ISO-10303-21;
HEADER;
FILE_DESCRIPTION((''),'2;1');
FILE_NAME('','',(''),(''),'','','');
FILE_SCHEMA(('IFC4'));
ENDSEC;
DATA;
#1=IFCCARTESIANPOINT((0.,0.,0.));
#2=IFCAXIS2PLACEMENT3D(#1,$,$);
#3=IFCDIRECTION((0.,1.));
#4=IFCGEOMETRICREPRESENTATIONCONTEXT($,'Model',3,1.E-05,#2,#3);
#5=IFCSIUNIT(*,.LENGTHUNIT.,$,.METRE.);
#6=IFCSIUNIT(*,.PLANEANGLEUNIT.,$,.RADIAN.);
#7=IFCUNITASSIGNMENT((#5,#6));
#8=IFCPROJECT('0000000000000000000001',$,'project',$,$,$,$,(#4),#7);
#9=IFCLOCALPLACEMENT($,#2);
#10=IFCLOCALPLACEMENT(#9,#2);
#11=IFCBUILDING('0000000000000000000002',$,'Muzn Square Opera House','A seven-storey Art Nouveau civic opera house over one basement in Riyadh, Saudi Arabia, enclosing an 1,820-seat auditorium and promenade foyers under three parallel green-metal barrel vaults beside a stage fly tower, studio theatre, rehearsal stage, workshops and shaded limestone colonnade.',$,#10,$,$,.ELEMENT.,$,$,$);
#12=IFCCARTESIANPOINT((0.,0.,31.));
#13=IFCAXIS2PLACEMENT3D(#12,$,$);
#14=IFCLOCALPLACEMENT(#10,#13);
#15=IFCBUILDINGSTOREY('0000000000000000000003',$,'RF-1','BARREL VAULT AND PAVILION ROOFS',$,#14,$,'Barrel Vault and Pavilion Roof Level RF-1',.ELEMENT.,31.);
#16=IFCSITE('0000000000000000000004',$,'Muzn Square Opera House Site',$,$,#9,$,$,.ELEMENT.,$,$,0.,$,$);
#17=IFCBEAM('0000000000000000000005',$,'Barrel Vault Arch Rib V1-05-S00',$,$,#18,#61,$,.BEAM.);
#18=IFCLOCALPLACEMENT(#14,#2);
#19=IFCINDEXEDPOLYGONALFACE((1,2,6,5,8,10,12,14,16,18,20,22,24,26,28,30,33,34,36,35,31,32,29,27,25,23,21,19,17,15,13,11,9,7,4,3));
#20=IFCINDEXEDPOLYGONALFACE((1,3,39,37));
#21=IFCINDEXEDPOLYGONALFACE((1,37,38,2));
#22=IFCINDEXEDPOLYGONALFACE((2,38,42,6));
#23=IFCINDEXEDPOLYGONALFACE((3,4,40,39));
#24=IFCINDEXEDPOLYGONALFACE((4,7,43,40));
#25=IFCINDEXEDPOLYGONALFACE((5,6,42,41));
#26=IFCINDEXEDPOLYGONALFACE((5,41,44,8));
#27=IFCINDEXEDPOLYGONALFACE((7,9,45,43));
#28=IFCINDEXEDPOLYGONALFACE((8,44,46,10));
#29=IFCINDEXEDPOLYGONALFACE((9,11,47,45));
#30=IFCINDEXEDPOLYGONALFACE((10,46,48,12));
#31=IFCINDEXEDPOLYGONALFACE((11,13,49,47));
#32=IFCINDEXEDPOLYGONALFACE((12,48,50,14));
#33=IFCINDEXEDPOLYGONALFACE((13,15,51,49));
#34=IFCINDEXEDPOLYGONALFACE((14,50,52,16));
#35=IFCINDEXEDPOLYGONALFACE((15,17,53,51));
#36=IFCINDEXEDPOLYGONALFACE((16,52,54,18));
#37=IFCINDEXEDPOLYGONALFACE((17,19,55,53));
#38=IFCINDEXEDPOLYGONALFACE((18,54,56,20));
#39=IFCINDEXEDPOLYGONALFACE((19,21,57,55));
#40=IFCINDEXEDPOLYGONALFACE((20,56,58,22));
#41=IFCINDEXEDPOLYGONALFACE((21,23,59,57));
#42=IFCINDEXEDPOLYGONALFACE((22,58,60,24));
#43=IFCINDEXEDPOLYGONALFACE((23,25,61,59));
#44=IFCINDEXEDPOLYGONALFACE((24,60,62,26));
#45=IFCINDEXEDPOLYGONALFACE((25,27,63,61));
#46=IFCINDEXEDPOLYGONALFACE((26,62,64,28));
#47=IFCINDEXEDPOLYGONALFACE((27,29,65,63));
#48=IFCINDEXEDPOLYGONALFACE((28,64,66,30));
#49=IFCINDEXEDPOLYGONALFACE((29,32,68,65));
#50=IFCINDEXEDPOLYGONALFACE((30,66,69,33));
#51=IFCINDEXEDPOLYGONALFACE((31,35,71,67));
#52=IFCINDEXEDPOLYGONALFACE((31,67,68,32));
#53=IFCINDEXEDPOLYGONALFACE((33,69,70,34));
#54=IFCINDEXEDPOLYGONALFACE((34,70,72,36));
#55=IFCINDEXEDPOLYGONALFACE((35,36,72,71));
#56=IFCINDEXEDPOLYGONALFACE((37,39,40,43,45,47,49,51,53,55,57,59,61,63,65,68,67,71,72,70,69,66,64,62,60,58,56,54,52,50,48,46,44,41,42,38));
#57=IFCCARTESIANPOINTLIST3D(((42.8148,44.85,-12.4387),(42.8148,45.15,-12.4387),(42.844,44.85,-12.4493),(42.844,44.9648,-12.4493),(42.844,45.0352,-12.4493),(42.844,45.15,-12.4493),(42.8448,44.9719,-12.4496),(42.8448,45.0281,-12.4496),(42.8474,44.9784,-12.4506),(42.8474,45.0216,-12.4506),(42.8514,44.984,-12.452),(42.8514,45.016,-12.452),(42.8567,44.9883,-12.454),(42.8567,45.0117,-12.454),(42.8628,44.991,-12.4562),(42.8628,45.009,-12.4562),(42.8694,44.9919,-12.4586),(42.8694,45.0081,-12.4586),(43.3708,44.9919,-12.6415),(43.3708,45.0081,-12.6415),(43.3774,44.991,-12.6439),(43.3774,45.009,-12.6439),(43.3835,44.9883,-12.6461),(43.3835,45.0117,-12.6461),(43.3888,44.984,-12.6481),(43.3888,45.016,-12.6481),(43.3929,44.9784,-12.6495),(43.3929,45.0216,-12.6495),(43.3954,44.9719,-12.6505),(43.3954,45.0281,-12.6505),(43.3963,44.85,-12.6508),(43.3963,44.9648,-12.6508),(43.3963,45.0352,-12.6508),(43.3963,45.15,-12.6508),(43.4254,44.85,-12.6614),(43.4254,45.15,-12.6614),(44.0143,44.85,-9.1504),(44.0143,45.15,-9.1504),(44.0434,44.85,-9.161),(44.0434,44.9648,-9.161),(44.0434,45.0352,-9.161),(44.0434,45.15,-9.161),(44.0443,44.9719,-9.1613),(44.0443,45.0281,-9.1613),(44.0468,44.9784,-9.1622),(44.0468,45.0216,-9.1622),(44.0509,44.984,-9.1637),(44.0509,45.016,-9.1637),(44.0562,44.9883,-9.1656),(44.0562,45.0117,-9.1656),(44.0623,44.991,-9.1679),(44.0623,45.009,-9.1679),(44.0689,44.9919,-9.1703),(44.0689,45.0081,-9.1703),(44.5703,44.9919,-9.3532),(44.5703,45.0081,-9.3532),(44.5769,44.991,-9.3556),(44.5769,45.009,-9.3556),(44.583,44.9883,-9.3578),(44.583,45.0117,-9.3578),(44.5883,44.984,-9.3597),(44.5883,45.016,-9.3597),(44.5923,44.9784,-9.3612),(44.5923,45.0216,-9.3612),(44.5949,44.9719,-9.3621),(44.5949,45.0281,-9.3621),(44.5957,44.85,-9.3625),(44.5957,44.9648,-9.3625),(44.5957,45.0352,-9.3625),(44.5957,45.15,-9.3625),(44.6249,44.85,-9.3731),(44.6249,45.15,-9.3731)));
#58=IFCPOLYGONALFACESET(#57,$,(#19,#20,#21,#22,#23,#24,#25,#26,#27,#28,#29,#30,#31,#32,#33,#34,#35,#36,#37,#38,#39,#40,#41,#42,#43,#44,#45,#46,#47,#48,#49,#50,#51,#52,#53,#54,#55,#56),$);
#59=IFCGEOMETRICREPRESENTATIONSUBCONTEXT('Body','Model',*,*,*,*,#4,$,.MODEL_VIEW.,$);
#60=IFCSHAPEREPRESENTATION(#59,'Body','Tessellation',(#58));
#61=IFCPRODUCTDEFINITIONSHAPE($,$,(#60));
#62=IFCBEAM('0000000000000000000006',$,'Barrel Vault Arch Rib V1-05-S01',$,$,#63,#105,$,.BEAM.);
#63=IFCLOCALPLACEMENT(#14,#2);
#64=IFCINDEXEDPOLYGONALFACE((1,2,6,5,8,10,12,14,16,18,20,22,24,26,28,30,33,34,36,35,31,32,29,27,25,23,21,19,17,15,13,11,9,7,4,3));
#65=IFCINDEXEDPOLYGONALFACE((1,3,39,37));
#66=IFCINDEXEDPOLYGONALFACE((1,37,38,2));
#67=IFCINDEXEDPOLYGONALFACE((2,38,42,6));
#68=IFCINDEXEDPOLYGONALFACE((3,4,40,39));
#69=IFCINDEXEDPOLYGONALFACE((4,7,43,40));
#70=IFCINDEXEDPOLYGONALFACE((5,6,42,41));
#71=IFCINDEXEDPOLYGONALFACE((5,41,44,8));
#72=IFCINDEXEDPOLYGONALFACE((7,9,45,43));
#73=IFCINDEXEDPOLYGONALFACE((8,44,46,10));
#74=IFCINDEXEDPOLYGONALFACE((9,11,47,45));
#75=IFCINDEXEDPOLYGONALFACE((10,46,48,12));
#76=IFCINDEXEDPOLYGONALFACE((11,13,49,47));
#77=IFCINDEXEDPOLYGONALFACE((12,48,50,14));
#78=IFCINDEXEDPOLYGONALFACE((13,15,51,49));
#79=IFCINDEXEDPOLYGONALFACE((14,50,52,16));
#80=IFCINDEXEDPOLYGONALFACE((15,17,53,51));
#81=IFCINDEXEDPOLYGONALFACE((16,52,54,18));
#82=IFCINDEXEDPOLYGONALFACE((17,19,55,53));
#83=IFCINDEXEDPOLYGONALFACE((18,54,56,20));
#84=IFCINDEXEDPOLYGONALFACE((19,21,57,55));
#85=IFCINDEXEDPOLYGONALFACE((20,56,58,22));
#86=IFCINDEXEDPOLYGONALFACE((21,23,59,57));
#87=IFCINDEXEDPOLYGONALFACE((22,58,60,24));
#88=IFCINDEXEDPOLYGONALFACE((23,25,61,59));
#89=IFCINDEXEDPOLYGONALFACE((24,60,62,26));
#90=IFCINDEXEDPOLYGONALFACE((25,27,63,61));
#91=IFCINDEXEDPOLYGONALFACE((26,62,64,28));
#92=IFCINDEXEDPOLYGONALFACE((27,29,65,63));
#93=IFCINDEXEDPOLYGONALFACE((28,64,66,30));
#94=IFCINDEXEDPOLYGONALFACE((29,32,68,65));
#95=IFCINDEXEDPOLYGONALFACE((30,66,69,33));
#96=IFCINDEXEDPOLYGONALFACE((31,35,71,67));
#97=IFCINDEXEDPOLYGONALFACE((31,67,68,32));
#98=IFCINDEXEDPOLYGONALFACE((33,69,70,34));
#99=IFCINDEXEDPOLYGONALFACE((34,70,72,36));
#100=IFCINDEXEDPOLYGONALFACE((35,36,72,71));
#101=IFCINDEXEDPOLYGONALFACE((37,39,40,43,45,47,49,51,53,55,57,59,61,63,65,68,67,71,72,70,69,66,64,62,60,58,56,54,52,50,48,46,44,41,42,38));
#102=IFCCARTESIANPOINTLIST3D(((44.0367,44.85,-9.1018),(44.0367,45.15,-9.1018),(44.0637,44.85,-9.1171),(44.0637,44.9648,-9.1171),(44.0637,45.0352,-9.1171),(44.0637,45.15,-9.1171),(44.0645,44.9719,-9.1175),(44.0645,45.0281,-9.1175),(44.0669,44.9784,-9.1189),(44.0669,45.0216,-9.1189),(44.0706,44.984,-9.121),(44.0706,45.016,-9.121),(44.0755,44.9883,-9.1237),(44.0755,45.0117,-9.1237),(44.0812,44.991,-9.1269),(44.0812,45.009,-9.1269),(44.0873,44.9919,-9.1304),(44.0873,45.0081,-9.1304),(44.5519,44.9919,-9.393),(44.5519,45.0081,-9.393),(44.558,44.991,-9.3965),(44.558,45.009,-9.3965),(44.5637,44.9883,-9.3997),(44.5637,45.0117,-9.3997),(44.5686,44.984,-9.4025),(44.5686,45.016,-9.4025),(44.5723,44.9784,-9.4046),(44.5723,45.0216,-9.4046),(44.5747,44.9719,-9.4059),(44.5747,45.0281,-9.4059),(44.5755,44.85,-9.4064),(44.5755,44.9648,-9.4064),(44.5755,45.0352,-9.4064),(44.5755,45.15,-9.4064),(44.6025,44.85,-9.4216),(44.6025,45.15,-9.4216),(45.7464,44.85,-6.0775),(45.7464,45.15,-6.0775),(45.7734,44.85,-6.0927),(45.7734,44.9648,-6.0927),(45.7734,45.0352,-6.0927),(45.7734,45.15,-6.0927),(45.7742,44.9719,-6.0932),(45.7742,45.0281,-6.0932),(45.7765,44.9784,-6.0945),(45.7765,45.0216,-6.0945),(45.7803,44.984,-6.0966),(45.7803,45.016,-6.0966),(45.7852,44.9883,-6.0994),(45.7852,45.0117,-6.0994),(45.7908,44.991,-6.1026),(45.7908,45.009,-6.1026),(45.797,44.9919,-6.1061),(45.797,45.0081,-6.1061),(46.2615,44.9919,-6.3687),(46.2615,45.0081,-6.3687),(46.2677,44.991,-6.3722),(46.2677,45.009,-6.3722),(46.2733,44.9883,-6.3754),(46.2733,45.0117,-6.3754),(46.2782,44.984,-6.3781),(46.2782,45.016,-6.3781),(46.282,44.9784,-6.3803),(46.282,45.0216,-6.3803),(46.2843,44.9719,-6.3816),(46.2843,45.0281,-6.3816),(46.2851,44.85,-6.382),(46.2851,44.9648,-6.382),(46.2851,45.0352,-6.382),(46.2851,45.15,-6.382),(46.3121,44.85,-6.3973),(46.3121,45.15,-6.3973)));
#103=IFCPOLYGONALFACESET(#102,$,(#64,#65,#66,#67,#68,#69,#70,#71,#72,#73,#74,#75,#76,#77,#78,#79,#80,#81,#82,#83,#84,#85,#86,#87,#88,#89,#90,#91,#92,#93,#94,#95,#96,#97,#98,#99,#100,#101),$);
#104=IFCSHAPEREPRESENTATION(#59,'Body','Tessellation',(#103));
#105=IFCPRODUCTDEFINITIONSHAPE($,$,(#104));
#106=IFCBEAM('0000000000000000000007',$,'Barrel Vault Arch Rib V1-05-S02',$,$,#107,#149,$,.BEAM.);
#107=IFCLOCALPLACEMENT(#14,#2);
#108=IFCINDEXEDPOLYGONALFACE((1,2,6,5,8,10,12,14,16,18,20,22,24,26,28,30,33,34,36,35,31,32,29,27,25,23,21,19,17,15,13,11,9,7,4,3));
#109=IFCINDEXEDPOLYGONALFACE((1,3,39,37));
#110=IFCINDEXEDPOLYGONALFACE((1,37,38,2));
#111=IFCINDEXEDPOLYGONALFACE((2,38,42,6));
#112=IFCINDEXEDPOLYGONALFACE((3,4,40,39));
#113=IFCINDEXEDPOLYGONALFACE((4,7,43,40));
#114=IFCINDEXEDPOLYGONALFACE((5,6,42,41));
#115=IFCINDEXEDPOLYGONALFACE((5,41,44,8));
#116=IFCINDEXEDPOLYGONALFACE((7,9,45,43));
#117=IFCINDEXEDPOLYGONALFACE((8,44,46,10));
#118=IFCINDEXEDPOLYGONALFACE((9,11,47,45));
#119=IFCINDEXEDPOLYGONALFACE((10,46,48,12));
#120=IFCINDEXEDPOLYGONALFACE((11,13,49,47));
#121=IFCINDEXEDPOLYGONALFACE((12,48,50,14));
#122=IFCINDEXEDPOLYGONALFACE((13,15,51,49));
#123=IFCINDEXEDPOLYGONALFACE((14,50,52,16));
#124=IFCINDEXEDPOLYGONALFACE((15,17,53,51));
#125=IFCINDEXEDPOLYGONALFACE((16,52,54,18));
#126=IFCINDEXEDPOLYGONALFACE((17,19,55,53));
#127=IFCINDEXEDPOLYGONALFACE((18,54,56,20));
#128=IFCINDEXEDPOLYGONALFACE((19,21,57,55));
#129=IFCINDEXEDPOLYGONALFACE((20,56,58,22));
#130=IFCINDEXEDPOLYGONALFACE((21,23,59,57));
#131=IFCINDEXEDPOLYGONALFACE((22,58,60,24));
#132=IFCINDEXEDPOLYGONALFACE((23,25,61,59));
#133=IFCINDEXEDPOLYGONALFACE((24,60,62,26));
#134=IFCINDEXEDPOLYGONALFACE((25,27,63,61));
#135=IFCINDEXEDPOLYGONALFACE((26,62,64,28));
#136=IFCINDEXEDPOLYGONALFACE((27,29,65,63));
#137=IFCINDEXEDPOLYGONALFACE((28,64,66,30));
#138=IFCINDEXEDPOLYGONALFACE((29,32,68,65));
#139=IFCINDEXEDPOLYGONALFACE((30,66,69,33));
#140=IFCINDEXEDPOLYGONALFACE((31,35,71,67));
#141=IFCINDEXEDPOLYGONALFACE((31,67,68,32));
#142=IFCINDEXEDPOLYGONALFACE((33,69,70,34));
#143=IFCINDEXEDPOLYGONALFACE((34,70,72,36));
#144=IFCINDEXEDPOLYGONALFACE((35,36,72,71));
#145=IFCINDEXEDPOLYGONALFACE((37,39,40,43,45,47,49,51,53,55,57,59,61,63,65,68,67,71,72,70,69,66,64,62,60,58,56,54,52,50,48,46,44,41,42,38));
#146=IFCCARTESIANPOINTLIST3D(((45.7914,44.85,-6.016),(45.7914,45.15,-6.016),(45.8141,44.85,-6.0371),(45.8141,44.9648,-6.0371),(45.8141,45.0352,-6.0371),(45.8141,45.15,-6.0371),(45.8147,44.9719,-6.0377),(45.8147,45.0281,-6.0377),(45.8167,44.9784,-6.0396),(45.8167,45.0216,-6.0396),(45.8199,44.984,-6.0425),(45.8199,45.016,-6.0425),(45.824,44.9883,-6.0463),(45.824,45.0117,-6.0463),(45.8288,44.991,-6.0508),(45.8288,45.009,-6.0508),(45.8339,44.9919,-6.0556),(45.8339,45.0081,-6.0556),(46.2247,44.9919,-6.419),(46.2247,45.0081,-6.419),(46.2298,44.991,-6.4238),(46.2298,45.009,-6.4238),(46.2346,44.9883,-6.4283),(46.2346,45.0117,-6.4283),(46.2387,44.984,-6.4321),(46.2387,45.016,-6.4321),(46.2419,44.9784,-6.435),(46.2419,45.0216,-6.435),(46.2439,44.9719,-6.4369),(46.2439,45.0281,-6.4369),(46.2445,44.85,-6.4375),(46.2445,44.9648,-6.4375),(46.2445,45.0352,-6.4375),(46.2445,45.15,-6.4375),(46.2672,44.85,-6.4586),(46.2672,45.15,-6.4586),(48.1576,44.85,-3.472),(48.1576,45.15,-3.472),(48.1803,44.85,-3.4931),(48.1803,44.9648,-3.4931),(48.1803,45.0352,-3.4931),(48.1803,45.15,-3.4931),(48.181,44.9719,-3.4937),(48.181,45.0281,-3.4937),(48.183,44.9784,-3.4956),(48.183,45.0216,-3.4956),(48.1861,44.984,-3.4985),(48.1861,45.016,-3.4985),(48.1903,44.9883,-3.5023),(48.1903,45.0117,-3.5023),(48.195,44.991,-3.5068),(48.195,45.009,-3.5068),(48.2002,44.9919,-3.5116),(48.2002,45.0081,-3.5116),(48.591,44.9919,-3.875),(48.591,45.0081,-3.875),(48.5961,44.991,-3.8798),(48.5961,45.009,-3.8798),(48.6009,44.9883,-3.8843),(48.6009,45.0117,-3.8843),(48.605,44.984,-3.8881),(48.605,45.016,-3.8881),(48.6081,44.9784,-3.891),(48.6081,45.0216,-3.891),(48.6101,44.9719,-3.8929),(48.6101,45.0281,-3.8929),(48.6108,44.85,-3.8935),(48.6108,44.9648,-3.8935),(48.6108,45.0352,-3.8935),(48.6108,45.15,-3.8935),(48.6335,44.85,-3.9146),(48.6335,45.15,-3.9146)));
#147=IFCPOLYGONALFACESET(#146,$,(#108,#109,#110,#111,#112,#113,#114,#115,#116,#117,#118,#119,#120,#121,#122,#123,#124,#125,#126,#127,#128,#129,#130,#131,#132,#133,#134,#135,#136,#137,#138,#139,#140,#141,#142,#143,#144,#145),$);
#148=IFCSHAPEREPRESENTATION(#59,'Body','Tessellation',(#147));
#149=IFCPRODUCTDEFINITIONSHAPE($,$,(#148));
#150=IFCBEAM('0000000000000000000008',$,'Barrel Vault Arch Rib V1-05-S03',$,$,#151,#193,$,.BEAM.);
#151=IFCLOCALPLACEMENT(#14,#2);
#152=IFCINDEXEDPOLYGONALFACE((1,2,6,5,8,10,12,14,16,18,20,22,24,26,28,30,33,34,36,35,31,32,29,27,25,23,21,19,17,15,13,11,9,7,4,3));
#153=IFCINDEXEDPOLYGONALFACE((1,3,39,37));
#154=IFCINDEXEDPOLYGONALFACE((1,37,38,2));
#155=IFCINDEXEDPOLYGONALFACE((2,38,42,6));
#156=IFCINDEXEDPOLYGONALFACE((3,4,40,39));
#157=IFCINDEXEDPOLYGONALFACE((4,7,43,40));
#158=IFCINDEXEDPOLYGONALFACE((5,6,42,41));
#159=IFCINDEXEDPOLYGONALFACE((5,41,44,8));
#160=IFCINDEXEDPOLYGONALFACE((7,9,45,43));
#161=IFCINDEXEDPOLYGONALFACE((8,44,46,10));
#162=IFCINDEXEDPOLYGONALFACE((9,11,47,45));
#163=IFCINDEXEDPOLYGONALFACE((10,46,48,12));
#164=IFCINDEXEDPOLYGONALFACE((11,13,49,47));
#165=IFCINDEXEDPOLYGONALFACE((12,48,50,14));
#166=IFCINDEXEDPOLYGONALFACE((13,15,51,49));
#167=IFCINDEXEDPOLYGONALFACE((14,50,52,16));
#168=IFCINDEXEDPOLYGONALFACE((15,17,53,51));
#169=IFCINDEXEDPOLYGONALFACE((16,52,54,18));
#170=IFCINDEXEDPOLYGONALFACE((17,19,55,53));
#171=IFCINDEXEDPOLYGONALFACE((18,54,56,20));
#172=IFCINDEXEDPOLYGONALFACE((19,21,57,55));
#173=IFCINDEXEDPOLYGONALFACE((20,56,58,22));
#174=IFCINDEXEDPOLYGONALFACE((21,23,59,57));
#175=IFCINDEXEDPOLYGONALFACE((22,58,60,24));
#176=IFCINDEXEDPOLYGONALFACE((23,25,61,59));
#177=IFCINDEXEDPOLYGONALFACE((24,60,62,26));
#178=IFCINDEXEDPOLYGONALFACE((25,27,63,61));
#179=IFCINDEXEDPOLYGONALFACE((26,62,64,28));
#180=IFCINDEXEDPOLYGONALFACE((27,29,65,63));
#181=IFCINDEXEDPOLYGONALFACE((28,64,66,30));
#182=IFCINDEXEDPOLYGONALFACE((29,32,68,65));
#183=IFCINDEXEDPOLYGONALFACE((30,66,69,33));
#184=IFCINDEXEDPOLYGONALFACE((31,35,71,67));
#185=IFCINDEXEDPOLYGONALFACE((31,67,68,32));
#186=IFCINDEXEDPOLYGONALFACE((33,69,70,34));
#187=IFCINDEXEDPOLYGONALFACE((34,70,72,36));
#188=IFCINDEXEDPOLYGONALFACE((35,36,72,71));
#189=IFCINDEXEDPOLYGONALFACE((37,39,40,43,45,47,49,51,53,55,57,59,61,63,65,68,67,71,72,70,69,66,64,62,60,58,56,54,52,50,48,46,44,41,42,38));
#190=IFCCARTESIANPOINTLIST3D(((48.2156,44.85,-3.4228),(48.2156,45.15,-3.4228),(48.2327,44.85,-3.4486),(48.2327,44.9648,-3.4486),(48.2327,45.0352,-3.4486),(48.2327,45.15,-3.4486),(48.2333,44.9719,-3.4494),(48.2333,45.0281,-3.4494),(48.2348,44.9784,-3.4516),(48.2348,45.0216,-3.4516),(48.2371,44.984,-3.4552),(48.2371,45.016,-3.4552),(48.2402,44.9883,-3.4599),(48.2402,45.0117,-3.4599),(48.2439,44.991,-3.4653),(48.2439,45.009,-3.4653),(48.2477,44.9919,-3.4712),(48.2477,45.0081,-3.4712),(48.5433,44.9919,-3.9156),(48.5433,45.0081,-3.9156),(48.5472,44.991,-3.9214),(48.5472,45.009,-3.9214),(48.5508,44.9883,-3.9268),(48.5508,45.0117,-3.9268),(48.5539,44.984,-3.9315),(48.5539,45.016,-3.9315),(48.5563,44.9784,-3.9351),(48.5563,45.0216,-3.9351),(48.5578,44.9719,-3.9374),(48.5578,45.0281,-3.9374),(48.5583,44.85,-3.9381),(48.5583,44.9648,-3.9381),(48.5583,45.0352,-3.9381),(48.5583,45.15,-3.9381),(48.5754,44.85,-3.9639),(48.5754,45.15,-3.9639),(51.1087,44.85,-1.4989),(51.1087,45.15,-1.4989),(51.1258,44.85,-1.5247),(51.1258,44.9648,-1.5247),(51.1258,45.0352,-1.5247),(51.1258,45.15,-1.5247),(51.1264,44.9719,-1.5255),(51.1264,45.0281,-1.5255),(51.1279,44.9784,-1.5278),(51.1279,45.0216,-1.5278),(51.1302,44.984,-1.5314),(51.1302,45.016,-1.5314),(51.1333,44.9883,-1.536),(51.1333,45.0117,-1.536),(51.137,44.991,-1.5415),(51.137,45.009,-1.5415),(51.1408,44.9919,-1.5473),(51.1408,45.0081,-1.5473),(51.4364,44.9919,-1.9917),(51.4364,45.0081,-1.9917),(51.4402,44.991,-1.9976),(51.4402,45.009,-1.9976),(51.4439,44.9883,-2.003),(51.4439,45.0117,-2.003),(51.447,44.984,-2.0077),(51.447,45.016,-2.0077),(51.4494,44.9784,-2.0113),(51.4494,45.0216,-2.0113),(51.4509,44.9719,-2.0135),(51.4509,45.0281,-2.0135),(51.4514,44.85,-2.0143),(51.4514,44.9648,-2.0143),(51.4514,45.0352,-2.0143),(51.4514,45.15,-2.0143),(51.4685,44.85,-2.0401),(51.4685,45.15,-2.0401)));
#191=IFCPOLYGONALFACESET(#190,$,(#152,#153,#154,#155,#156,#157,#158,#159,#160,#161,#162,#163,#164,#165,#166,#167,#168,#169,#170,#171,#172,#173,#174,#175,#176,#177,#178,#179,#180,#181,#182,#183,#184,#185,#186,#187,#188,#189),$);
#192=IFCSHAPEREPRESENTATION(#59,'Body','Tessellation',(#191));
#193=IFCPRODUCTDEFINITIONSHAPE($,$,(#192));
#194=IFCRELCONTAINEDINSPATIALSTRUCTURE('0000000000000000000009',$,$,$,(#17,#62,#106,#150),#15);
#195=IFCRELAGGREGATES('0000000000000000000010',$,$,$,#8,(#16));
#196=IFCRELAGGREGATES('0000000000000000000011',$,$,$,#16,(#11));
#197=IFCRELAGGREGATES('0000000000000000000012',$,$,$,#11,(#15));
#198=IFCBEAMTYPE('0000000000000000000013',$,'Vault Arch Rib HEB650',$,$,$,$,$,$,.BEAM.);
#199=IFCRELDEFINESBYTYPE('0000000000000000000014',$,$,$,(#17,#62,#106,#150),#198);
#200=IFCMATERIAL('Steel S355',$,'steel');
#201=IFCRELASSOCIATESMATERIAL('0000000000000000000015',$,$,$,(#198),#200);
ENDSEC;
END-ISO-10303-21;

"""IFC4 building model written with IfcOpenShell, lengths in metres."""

from ifc_helpers import new_model, si_unit, direction, frame, origin, origin_2d, place, context, subcontext, project, spatial, i_section, extrude, material, material_profile, profile_set, type_object, element, save


model = new_model("IFC4")

# Units and contexts
model_context = context("Model", 3, precision=1e-05, world=origin(), true_north=direction((0.0, 1.0)))
body_context = subcontext(model_context, "Body", "Model", "MODEL_VIEW")
ifc_project = project(units=[si_unit("LENGTHUNIT", "METRE"), si_unit("PLANEANGLEUNIT", "RADIAN")], contexts=[model_context])

# Site, building, storey
site_placement = place(None, origin())
site = spatial("IfcSite", under=ifc_project, at=site_placement, Name="Muzn Square Opera House Site", CompositionType="ELEMENT", RefElevation=0.0)
building_placement = place(site_placement, origin())
building = spatial("IfcBuilding", under=site, at=building_placement, Name="Muzn Square Opera House", Description="A seven-storey Art Nouveau civic opera house over one basement in Riyadh, Saudi Arabia, enclosing an 1,820-seat auditorium and promenade foyers under three parallel green-metal barrel vaults beside a stage fly tower, studio theatre, rehearsal stage, workshops and shaded limestone colonnade.", CompositionType="ELEMENT")
storey_placement = place(building_placement, frame((0.0, 0.0, 31.0)))
storey = spatial("IfcBuildingStorey", under=building, at=storey_placement, Name="RF-1", Description="BARREL VAULT AND PAVILION ROOFS", LongName="Barrel Vault and Pavilion Roof Level RF-1", CompositionType="ELEMENT", Elevation=31.0)

# Beams
ifc_material_1 = material(Name="Steel S355", Category="steel")
ifc_material_profile_1 = material_profile(ifc_material_1, i_section(OverallWidth=0.3, OverallDepth=0.6499, WebThickness=0.0161, FlangeThickness=0.031, FilletRadius=0.0271, at=origin_2d()), Name="HEB 650", Category="steel")
ifc_profile_set_1 = profile_set([ifc_material_profile_1], Name="Steel S355")
beam_type_1 = type_object("IfcBeamType", Name="Vault Arch Rib HEB650", PredefinedType="BEAM", material=ifc_profile_set_1)
beam_1_placement = place(storey_placement, frame((43.1201, 45.0, -12.55), z_axis=(0.342678, 0.0, 0.939453), x_axis=(0.0, 1.0, 0.0)))
element("IfcBeam", 1, at=beam_1_placement, inside=storey, type_object=beam_type_1, Name="Barrel Vault Arch Rib V1-05-S00", PredefinedType="BEAM", context=body_context, shape_type="SweptSolid", body=[
    extrude(i_section(OverallWidth=0.3, OverallDepth=0.6499, WebThickness=0.0161, FlangeThickness=0.031, FilletRadius=0.0271, at=origin_2d()), origin(), (0.0, 0.0, 1.0), 3.5002),
])
beam_2_placement = place(storey_placement, frame((44.3196, 45.0, -9.2617), z_axis=(0.492115, 0.0, 0.87053), x_axis=(0.0, 1.0, 0.0)))
element("IfcBeam", 2, at=beam_2_placement, inside=storey, type_object=beam_type_1, Name="Barrel Vault Arch Rib V1-05-S01", PredefinedType="BEAM", context=body_context, shape_type="SweptSolid", body=[
    extrude(i_section(OverallWidth=0.3, OverallDepth=0.6499, WebThickness=0.0161, FlangeThickness=0.031, FilletRadius=0.0271, at=origin_2d()), origin(), (0.0, 0.0, 1.0), 3.4741),
])
for number, where, z_axis, x_axis, name in (
    (3, (46.0293, 45.0, -6.2373), (0.681065, 0.0, 0.732223), (0.0, 1.0, 0.0), "Barrel Vault Arch Rib V1-05-S02"),
    (4, (48.3955, 45.0, -3.6934), (0.832698, 0.0, 0.553727), (0.0, 1.0, 0.0), "Barrel Vault Arch Rib V1-05-S03"),
):
    element("IfcBeam", number, at=place(storey_placement, frame(where, z_axis=z_axis, x_axis=x_axis)), inside=storey, type_object=beam_type_1, Name=name, PredefinedType="BEAM", context=body_context, shape_type="SweptSolid", body=[
        extrude(i_section(OverallWidth=0.3, OverallDepth=0.6499, WebThickness=0.0161, FlangeThickness=0.031, FilletRadius=0.0271, at=origin_2d()), origin(), (0.0, 0.0, 1.0), 3.4744),
    ])

save(model, "model.ifc")
